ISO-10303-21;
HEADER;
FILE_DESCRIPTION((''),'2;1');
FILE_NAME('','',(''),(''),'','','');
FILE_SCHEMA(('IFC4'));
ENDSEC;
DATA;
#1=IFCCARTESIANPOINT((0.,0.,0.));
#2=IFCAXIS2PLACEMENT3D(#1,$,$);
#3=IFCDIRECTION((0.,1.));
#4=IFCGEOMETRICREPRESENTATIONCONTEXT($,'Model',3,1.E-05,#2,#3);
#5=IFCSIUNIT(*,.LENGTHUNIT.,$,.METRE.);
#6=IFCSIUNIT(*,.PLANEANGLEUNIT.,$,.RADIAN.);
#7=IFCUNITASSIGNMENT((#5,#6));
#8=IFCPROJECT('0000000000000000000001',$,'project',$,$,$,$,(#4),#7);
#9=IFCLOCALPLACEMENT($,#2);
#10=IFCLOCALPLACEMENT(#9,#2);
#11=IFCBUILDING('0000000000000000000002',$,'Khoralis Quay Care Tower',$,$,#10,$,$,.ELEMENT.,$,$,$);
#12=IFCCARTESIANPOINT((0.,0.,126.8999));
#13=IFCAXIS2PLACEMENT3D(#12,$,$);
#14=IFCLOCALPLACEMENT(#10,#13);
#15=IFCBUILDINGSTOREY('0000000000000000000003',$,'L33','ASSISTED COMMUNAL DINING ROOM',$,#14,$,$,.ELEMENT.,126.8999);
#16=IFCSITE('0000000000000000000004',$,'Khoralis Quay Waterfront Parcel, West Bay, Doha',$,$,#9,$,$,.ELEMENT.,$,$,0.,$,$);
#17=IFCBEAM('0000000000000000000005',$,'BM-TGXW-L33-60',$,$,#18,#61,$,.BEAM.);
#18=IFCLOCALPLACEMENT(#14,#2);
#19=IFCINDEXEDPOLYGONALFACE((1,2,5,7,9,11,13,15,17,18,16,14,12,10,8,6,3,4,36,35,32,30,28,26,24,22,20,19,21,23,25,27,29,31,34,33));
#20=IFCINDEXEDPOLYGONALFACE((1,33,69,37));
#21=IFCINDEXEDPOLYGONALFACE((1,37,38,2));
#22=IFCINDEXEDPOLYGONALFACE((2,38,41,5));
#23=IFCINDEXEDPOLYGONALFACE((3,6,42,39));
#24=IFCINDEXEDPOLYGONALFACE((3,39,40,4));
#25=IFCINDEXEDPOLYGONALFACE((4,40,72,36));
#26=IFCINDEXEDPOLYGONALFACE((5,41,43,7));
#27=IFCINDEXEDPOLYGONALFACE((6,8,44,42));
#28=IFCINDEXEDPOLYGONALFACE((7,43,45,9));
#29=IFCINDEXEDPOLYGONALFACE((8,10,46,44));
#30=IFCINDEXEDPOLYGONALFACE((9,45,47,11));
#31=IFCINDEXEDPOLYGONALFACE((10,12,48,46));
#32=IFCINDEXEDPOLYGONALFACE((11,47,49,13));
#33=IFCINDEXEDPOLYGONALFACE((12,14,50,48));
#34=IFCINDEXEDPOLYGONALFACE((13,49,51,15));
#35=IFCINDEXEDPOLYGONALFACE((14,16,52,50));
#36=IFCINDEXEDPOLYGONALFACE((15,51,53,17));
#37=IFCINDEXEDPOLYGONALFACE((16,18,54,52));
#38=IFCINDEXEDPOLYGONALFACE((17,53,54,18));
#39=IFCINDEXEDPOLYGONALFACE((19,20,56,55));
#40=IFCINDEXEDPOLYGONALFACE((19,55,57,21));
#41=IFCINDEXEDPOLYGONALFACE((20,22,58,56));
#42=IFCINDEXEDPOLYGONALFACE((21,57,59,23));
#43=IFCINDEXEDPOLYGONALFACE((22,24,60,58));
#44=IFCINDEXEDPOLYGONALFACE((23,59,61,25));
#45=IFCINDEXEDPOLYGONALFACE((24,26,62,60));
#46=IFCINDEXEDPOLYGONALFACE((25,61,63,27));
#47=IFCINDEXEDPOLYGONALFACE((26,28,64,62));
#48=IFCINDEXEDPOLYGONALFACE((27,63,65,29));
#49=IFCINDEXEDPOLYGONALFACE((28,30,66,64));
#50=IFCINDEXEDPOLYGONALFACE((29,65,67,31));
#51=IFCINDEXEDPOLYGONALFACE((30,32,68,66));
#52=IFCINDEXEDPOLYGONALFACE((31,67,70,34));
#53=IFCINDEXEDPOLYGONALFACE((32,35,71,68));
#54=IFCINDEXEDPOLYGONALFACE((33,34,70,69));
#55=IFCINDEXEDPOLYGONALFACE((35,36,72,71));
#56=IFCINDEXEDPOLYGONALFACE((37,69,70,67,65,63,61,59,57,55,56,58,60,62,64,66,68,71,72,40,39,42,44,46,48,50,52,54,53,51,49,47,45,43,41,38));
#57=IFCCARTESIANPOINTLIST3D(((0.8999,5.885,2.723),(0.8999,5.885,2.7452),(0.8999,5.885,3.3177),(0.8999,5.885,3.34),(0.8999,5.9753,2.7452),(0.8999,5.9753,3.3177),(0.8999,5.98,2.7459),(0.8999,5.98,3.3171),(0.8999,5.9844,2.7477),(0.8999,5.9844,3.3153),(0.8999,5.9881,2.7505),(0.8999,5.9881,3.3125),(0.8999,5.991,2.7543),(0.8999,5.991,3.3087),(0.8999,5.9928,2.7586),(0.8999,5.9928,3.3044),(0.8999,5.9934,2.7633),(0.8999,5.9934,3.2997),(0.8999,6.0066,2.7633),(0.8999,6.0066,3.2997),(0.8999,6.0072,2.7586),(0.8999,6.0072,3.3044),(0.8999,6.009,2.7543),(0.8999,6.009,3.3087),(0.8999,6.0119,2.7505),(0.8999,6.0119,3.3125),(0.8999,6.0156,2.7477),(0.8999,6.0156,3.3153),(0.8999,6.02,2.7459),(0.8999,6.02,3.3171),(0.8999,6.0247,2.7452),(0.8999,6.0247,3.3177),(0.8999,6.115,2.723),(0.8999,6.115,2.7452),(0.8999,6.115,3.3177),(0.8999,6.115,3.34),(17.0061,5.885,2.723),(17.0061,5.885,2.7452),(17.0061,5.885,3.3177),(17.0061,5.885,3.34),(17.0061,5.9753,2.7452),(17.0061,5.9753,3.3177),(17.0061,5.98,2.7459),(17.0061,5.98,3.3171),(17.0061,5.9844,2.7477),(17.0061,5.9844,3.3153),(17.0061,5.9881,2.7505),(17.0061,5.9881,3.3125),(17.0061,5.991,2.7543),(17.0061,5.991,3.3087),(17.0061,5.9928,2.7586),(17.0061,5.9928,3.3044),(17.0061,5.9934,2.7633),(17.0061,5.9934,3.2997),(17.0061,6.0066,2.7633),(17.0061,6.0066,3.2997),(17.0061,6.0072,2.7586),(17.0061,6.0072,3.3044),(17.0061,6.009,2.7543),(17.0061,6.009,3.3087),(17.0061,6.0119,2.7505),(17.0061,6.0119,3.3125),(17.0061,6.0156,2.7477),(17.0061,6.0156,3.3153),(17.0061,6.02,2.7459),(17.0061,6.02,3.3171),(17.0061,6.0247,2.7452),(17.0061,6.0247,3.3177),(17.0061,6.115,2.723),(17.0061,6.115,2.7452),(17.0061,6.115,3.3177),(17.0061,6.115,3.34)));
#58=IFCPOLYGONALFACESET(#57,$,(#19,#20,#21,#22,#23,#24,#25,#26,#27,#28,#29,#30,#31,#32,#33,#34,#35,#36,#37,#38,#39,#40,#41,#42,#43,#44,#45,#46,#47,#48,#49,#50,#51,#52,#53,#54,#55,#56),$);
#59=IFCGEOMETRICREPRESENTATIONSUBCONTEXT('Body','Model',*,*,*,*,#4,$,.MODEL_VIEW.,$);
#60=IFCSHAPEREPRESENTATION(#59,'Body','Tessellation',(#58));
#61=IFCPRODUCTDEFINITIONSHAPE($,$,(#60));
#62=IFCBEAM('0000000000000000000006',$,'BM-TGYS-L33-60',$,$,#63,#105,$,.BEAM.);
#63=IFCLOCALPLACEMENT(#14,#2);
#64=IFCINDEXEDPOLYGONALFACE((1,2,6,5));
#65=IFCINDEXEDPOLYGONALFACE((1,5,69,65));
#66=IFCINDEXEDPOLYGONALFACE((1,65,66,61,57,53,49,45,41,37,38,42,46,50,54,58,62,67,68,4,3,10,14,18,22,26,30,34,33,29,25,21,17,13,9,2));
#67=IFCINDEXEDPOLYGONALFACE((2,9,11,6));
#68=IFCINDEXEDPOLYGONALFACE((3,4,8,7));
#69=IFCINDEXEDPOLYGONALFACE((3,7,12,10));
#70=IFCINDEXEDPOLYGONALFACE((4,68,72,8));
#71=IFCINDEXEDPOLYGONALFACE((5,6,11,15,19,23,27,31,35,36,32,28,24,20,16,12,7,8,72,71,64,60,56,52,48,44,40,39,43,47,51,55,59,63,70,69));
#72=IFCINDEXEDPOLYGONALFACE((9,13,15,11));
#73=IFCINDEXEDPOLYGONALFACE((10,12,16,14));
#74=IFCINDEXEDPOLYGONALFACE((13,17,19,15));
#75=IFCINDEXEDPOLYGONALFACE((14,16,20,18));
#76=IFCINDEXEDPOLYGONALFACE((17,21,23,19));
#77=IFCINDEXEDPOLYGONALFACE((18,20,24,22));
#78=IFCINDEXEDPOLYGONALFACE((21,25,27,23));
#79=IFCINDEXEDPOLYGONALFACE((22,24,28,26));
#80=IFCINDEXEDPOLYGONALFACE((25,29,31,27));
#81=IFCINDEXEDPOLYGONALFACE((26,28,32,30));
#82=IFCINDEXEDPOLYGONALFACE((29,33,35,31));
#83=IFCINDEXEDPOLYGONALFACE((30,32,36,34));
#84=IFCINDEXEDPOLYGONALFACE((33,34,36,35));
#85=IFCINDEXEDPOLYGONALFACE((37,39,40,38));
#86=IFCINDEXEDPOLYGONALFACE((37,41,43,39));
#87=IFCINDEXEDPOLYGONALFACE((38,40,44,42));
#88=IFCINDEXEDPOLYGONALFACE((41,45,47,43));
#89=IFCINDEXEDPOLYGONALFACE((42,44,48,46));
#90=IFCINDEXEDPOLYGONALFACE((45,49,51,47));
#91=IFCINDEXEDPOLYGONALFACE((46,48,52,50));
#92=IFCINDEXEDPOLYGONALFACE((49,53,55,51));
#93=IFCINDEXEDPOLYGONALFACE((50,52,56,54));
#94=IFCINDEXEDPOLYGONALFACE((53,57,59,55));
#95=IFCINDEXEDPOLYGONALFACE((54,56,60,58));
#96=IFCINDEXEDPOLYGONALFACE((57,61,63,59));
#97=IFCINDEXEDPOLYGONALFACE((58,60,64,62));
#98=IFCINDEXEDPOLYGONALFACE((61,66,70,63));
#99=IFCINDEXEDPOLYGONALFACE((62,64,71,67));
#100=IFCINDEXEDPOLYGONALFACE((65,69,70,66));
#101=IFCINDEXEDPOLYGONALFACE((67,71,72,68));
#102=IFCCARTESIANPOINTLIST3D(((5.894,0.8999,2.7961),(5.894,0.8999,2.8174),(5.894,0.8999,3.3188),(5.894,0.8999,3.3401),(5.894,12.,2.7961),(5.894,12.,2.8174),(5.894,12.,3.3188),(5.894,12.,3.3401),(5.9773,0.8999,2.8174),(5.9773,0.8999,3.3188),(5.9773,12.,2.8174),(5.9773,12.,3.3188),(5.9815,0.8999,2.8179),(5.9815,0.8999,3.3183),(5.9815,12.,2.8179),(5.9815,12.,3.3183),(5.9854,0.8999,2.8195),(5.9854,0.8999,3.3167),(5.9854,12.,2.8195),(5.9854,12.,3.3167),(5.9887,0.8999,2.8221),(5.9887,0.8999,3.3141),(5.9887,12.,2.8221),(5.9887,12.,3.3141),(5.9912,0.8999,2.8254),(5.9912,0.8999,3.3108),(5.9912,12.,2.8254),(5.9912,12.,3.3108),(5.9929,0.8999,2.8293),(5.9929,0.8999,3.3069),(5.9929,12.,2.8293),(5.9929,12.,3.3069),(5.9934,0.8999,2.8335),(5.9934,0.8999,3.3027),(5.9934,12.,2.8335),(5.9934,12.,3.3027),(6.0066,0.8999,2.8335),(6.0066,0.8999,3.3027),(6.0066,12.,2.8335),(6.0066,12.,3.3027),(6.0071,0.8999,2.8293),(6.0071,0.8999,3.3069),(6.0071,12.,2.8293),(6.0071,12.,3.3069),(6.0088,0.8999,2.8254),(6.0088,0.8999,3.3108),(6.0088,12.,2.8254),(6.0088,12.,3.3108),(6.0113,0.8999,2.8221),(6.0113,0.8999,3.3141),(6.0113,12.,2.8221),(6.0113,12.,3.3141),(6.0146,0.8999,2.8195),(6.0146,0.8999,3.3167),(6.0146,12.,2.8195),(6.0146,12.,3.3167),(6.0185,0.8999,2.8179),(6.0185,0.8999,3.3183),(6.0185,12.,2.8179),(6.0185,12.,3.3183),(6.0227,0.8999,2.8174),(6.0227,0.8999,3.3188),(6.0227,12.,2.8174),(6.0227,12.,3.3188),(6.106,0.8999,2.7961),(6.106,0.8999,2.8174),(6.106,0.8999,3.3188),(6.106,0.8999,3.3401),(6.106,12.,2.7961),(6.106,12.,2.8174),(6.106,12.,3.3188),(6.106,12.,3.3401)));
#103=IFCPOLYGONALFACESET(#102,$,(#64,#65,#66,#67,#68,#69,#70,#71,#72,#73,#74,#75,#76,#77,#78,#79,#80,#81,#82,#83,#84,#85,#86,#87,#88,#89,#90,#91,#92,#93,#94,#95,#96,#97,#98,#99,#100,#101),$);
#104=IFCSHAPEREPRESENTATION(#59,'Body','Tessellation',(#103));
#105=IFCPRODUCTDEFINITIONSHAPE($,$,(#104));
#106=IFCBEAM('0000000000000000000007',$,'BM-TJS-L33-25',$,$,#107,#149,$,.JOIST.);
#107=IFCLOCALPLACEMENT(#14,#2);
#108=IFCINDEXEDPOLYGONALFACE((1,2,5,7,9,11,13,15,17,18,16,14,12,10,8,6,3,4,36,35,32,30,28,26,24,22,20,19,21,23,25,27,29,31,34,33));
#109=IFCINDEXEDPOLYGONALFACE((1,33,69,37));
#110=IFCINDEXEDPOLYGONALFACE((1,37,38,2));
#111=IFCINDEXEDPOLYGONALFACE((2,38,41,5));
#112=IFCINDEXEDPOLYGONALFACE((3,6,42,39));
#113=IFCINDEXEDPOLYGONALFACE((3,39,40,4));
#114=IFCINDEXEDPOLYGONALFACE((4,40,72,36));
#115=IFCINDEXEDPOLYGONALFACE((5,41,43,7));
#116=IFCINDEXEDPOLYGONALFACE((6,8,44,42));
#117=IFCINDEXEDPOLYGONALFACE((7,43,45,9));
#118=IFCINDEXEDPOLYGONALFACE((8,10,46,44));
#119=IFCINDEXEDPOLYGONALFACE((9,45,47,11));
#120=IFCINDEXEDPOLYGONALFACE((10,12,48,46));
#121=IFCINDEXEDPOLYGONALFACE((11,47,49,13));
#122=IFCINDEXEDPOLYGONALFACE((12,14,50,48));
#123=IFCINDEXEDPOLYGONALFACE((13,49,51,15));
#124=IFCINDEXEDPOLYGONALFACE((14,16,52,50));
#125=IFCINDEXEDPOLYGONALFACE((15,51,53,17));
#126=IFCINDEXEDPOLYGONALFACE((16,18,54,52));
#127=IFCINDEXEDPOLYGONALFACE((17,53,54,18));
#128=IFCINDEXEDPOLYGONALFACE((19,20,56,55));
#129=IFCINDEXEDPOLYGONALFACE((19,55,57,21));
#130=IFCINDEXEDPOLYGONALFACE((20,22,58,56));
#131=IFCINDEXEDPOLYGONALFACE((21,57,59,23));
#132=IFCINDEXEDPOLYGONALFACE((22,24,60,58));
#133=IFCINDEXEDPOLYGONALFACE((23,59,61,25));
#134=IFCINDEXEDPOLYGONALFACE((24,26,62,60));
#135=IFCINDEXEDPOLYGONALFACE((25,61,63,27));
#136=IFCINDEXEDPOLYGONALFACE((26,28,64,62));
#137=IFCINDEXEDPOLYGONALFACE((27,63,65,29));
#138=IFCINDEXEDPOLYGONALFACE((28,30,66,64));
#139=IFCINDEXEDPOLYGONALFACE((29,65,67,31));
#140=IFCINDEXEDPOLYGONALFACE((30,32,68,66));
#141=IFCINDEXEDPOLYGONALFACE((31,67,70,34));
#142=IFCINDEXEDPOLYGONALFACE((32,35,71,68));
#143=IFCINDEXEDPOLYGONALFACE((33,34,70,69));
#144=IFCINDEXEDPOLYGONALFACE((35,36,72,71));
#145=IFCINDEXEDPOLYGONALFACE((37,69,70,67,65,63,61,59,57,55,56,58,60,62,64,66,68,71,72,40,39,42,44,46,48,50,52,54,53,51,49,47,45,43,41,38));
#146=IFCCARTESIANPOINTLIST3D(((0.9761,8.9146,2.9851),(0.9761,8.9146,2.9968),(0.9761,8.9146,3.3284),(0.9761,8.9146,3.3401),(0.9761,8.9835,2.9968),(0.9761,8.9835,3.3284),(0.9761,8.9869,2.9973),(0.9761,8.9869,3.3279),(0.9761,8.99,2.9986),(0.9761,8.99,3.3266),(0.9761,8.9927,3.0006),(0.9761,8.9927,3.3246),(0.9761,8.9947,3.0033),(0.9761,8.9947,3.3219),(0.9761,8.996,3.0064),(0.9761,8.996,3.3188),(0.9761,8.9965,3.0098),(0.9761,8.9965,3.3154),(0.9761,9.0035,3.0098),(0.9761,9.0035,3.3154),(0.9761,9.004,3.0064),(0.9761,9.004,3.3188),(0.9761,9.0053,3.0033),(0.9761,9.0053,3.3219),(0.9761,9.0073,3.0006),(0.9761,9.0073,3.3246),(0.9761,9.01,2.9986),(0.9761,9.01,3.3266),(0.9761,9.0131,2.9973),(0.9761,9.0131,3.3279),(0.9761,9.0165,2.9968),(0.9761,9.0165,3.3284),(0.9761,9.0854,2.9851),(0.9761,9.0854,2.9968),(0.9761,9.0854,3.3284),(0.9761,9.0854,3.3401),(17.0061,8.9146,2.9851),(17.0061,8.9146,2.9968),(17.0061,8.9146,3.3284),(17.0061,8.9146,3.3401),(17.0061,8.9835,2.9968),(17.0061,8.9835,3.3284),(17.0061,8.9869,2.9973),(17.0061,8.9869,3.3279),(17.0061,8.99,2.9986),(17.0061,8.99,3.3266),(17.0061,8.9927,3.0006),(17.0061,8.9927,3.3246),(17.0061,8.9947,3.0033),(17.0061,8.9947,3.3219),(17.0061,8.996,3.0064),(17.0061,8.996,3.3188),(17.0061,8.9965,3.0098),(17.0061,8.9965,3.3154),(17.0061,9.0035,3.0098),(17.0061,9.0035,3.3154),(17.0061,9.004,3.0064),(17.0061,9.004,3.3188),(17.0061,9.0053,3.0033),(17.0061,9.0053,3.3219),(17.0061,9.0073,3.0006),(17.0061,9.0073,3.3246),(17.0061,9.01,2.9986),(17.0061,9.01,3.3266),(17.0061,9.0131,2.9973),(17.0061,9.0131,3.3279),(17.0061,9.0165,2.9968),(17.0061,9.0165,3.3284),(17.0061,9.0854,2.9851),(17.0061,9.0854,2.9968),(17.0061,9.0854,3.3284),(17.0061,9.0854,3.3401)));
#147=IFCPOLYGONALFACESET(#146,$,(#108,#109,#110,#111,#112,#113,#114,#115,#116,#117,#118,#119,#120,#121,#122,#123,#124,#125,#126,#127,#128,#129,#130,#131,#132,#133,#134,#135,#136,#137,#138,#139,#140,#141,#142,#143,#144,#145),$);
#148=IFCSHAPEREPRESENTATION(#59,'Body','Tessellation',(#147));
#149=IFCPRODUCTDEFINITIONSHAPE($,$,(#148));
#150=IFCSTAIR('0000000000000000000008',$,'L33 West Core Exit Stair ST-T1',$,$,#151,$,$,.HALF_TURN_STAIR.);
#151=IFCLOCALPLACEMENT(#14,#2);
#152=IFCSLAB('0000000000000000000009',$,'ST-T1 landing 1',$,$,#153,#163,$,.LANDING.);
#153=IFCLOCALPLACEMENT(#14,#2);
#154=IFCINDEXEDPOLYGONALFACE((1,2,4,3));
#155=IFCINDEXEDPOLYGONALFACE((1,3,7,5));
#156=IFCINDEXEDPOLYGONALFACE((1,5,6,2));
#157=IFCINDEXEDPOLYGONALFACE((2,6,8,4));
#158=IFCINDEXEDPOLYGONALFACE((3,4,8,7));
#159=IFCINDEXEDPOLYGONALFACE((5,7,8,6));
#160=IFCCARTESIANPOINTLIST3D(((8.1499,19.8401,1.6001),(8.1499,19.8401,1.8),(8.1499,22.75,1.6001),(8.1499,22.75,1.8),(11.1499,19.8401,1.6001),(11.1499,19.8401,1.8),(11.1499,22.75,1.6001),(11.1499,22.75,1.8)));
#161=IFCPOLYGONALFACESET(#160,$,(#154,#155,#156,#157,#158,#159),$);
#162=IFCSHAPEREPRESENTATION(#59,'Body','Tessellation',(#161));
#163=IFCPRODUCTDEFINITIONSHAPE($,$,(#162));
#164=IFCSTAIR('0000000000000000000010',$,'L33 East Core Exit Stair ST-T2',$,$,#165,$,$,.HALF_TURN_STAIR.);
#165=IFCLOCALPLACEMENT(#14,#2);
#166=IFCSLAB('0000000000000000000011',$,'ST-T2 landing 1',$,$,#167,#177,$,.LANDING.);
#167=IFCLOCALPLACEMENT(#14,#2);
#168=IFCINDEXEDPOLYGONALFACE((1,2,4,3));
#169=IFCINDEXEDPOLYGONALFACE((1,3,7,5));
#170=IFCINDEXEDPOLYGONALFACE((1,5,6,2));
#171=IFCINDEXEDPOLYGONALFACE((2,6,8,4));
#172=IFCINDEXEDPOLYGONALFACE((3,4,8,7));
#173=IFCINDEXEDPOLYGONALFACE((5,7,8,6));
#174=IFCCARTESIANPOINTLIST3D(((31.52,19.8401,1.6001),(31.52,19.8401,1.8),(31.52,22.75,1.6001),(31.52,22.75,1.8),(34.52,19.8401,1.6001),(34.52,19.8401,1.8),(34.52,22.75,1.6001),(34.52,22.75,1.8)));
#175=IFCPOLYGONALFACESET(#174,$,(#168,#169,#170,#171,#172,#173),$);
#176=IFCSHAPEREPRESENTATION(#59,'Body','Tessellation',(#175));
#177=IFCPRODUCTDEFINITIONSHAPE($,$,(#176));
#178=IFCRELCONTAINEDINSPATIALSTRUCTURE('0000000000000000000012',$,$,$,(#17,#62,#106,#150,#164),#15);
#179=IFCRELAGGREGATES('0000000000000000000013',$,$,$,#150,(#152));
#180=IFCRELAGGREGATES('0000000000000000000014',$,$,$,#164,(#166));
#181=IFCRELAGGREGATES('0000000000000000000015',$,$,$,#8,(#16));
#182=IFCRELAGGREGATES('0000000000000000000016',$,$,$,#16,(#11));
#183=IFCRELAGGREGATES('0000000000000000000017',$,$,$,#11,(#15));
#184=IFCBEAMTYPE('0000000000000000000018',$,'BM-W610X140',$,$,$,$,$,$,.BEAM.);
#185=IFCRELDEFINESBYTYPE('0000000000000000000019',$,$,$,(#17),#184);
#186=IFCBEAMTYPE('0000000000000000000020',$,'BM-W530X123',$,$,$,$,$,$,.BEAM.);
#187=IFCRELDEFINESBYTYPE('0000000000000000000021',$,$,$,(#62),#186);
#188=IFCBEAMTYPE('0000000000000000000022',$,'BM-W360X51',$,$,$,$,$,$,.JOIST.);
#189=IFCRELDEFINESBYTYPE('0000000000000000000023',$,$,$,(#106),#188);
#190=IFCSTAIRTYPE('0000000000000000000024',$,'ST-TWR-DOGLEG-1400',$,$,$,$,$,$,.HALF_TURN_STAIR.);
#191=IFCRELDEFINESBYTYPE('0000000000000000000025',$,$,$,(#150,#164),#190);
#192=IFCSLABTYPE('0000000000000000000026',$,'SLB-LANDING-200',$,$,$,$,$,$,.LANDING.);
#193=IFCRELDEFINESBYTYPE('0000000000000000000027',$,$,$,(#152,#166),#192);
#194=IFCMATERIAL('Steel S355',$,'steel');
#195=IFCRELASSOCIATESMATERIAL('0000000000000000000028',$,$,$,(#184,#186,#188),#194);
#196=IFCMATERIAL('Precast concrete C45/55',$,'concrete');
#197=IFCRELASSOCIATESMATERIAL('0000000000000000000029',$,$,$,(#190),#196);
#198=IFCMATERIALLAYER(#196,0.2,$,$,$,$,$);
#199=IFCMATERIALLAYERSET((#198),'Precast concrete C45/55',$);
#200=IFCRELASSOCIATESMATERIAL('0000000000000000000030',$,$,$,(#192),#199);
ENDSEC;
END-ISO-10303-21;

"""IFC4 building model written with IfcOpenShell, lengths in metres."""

from ifc_helpers import new_model, si_unit, direction, frame, origin, origin_2d, place, context, subcontext, project, spatial, polyline, i_section, outline, extrude, source, transform, mapped, material, layer, layer_set, material_profile, profile_set, type_object, element, aggregate, save


model = new_model("IFC4")

# Units and contexts
model_context = context("Model", 3, precision=1e-05, world=origin(), true_north=direction((0.0, 1.0)))
body_context = subcontext(model_context, "Body", "Model", "MODEL_VIEW")
ifc_project = project(units=[si_unit("LENGTHUNIT", "METRE"), si_unit("PLANEANGLEUNIT", "RADIAN")], contexts=[model_context])

# Site, building, storey
site_placement = place(None, origin())
site = spatial("IfcSite", under=ifc_project, at=site_placement, Name="Khoralis Quay Waterfront Parcel, West Bay, Doha", CompositionType="ELEMENT", RefElevation=0.0)
building_placement = place(site_placement, origin())
building = spatial("IfcBuilding", under=site, at=building_placement, Name="Khoralis Quay Care Tower", CompositionType="ELEMENT")
storey_placement = place(building_placement, frame((0.0, 0.0, 126.8999)))
storey = spatial("IfcBuildingStorey", under=building, at=storey_placement, Name="L33", Description="ASSISTED COMMUNAL DINING ROOM", CompositionType="ELEMENT", Elevation=126.8999)

# Beams
ifc_material_1 = material(Name="Steel S355", Category="steel")
ifc_material_profile_1 = material_profile(ifc_material_1, i_section(OverallWidth=0.23, OverallDepth=0.6169, WebThickness=0.0132, FlangeThickness=0.0222, FilletRadius=0.0181, at=origin_2d()), Name="Steel S355")
ifc_profile_set_1 = profile_set([ifc_material_profile_1], Name="Steel S355")
beam_type_1 = type_object("IfcBeamType", Name="BM-W610X140", PredefinedType="BEAM", material=ifc_profile_set_1)
shared_shape_1 = source(origin(), body_context, "Body", "SweptSolid", [
    extrude(i_section(OverallWidth=0.23, OverallDepth=0.6169, WebThickness=0.0132, FlangeThickness=0.0222, FilletRadius=0.0181, at=origin_2d()), origin(), (0.0, 0.0, 1.0), 16.1062),
])
beam_1_placement = place(storey_placement, frame((0.8999, 6.0, 3.0315), z_axis=(1.0, 0.0, 0.0), x_axis=(0.0, 1.0, 0.0)))
element("IfcBeam", 1, at=beam_1_placement, inside=storey, type_object=beam_type_1, Name="BM-TGXW-L33-60", PredefinedType="BEAM", context=body_context, shape_type="MappedRepresentation", body=[
    mapped(shared_shape_1, transform((0.0, 0.0, 0.0), scale=1.0)),
])
ifc_material_profile_2 = material_profile(ifc_material_1, i_section(OverallWidth=0.2119, OverallDepth=0.5439, WebThickness=0.0132, FlangeThickness=0.0212, FilletRadius=0.0161, at=origin_2d()), Name="Steel S355")
ifc_profile_set_2 = profile_set([ifc_material_profile_2], Name="Steel S355")
beam_type_2 = type_object("IfcBeamType", Name="BM-W530X123", PredefinedType="BEAM", material=ifc_profile_set_2)
shared_shape_2 = source(origin(), body_context, "Body", "SweptSolid", [
    extrude(i_section(OverallWidth=0.2119, OverallDepth=0.5439, WebThickness=0.0132, FlangeThickness=0.0212, FilletRadius=0.0161, at=origin_2d()), origin(), (0.0, 0.0, 1.0), 11.1001),
])
beam_2_placement = place(storey_placement, frame((6.0, 0.8999, 3.0681), z_axis=(0.0, 1.0, 0.0), x_axis=(-1.0, 0.0, 0.0)))
element("IfcBeam", 2, at=beam_2_placement, inside=storey, type_object=beam_type_2, Name="BM-TGYS-L33-60", PredefinedType="BEAM", context=body_context, shape_type="MappedRepresentation", body=[
    mapped(shared_shape_2, transform((0.0, 0.0, 0.0), scale=1.0)),
])
ifc_material_profile_3 = material_profile(ifc_material_1, i_section(OverallWidth=0.1709, OverallDepth=0.355, WebThickness=0.0071, FlangeThickness=0.0117, FilletRadius=0.0129, at=origin_2d()), Name="Steel S355")
ifc_profile_set_3 = profile_set([ifc_material_profile_3], Name="Steel S355")
beam_type_3 = type_object("IfcBeamType", Name="BM-W360X51", PredefinedType="JOIST", material=ifc_profile_set_3)
shared_shape_3 = source(origin(), body_context, "Body", "SweptSolid", [
    extrude(i_section(OverallWidth=0.1709, OverallDepth=0.355, WebThickness=0.0071, FlangeThickness=0.0117, FilletRadius=0.0129, at=origin_2d()), origin(), (0.0, 0.0, 1.0), 16.03),
])
beam_3_placement = place(storey_placement, frame((0.9761, 9.0, 3.1626), z_axis=(1.0, 0.0, 0.0), x_axis=(0.0, 1.0, 0.0)))
element("IfcBeam", 3, at=beam_3_placement, inside=storey, type_object=beam_type_3, Name="BM-TJS-L33-25", PredefinedType="JOIST", context=body_context, shape_type="MappedRepresentation", body=[
    mapped(shared_shape_3, transform((0.0, 0.0, 0.0), scale=1.0)),
])

# Stairs, slabs
ifc_material_2 = material(Name="Precast concrete C45/55", Category="concrete")
stair_type = type_object("IfcStairType", Name="ST-TWR-DOGLEG-1400", PredefinedType="HALF_TURN_STAIR", material=ifc_material_2)
stair_1_placement = place(storey_placement, origin())
stair_1 = element("IfcStair", 4, at=stair_1_placement, inside=storey, type_object=stair_type, Name="L33 West Core Exit Stair ST-T1", PredefinedType="HALF_TURN_STAIR")
ifc_layer_1 = layer(ifc_material_2, 0.2)
ifc_layer_set_1 = layer_set([ifc_layer_1], Name="Precast concrete C45/55")
slab_type_1 = type_object("IfcSlabType", Name="SLB-LANDING-200", PredefinedType="LANDING", material=ifc_layer_set_1)
slab_1_placement = place(storey_placement, frame((0.0, 0.0, 1.6001)))
slab_1 = element("IfcSlab", 5, at=slab_1_placement, type_object=slab_type_1, Name="ST-T1 landing 1", PredefinedType="LANDING", context=body_context, shape_type="SweptSolid", body=[
    extrude(outline(polyline([(11.1499, 19.8401), (11.1499, 22.75), (8.1499, 22.75), (8.1499, 19.8401), (11.1499, 19.8401)])), origin(), (0.0, 0.0, 1.0), 0.2),
])
aggregate(stair_1, [slab_1])
stair_2_placement = place(storey_placement, origin())
stair_2 = element("IfcStair", 6, at=stair_2_placement, inside=storey, type_object=stair_type, Name="L33 East Core Exit Stair ST-T2", PredefinedType="HALF_TURN_STAIR")
slab_2_placement = place(storey_placement, frame((0.0, 0.0, 1.6001)))
slab_2 = element("IfcSlab", 7, at=slab_2_placement, type_object=slab_type_1, Name="ST-T2 landing 1", PredefinedType="LANDING", context=body_context, shape_type="SweptSolid", body=[
    extrude(outline(polyline([(34.52, 19.8401), (34.52, 22.75), (31.52, 22.75), (31.52, 19.8401), (34.52, 19.8401)])), origin(), (0.0, 0.0, 1.0), 0.2),
])
aggregate(stair_2, [slab_2])

save(model, "model.ifc")
